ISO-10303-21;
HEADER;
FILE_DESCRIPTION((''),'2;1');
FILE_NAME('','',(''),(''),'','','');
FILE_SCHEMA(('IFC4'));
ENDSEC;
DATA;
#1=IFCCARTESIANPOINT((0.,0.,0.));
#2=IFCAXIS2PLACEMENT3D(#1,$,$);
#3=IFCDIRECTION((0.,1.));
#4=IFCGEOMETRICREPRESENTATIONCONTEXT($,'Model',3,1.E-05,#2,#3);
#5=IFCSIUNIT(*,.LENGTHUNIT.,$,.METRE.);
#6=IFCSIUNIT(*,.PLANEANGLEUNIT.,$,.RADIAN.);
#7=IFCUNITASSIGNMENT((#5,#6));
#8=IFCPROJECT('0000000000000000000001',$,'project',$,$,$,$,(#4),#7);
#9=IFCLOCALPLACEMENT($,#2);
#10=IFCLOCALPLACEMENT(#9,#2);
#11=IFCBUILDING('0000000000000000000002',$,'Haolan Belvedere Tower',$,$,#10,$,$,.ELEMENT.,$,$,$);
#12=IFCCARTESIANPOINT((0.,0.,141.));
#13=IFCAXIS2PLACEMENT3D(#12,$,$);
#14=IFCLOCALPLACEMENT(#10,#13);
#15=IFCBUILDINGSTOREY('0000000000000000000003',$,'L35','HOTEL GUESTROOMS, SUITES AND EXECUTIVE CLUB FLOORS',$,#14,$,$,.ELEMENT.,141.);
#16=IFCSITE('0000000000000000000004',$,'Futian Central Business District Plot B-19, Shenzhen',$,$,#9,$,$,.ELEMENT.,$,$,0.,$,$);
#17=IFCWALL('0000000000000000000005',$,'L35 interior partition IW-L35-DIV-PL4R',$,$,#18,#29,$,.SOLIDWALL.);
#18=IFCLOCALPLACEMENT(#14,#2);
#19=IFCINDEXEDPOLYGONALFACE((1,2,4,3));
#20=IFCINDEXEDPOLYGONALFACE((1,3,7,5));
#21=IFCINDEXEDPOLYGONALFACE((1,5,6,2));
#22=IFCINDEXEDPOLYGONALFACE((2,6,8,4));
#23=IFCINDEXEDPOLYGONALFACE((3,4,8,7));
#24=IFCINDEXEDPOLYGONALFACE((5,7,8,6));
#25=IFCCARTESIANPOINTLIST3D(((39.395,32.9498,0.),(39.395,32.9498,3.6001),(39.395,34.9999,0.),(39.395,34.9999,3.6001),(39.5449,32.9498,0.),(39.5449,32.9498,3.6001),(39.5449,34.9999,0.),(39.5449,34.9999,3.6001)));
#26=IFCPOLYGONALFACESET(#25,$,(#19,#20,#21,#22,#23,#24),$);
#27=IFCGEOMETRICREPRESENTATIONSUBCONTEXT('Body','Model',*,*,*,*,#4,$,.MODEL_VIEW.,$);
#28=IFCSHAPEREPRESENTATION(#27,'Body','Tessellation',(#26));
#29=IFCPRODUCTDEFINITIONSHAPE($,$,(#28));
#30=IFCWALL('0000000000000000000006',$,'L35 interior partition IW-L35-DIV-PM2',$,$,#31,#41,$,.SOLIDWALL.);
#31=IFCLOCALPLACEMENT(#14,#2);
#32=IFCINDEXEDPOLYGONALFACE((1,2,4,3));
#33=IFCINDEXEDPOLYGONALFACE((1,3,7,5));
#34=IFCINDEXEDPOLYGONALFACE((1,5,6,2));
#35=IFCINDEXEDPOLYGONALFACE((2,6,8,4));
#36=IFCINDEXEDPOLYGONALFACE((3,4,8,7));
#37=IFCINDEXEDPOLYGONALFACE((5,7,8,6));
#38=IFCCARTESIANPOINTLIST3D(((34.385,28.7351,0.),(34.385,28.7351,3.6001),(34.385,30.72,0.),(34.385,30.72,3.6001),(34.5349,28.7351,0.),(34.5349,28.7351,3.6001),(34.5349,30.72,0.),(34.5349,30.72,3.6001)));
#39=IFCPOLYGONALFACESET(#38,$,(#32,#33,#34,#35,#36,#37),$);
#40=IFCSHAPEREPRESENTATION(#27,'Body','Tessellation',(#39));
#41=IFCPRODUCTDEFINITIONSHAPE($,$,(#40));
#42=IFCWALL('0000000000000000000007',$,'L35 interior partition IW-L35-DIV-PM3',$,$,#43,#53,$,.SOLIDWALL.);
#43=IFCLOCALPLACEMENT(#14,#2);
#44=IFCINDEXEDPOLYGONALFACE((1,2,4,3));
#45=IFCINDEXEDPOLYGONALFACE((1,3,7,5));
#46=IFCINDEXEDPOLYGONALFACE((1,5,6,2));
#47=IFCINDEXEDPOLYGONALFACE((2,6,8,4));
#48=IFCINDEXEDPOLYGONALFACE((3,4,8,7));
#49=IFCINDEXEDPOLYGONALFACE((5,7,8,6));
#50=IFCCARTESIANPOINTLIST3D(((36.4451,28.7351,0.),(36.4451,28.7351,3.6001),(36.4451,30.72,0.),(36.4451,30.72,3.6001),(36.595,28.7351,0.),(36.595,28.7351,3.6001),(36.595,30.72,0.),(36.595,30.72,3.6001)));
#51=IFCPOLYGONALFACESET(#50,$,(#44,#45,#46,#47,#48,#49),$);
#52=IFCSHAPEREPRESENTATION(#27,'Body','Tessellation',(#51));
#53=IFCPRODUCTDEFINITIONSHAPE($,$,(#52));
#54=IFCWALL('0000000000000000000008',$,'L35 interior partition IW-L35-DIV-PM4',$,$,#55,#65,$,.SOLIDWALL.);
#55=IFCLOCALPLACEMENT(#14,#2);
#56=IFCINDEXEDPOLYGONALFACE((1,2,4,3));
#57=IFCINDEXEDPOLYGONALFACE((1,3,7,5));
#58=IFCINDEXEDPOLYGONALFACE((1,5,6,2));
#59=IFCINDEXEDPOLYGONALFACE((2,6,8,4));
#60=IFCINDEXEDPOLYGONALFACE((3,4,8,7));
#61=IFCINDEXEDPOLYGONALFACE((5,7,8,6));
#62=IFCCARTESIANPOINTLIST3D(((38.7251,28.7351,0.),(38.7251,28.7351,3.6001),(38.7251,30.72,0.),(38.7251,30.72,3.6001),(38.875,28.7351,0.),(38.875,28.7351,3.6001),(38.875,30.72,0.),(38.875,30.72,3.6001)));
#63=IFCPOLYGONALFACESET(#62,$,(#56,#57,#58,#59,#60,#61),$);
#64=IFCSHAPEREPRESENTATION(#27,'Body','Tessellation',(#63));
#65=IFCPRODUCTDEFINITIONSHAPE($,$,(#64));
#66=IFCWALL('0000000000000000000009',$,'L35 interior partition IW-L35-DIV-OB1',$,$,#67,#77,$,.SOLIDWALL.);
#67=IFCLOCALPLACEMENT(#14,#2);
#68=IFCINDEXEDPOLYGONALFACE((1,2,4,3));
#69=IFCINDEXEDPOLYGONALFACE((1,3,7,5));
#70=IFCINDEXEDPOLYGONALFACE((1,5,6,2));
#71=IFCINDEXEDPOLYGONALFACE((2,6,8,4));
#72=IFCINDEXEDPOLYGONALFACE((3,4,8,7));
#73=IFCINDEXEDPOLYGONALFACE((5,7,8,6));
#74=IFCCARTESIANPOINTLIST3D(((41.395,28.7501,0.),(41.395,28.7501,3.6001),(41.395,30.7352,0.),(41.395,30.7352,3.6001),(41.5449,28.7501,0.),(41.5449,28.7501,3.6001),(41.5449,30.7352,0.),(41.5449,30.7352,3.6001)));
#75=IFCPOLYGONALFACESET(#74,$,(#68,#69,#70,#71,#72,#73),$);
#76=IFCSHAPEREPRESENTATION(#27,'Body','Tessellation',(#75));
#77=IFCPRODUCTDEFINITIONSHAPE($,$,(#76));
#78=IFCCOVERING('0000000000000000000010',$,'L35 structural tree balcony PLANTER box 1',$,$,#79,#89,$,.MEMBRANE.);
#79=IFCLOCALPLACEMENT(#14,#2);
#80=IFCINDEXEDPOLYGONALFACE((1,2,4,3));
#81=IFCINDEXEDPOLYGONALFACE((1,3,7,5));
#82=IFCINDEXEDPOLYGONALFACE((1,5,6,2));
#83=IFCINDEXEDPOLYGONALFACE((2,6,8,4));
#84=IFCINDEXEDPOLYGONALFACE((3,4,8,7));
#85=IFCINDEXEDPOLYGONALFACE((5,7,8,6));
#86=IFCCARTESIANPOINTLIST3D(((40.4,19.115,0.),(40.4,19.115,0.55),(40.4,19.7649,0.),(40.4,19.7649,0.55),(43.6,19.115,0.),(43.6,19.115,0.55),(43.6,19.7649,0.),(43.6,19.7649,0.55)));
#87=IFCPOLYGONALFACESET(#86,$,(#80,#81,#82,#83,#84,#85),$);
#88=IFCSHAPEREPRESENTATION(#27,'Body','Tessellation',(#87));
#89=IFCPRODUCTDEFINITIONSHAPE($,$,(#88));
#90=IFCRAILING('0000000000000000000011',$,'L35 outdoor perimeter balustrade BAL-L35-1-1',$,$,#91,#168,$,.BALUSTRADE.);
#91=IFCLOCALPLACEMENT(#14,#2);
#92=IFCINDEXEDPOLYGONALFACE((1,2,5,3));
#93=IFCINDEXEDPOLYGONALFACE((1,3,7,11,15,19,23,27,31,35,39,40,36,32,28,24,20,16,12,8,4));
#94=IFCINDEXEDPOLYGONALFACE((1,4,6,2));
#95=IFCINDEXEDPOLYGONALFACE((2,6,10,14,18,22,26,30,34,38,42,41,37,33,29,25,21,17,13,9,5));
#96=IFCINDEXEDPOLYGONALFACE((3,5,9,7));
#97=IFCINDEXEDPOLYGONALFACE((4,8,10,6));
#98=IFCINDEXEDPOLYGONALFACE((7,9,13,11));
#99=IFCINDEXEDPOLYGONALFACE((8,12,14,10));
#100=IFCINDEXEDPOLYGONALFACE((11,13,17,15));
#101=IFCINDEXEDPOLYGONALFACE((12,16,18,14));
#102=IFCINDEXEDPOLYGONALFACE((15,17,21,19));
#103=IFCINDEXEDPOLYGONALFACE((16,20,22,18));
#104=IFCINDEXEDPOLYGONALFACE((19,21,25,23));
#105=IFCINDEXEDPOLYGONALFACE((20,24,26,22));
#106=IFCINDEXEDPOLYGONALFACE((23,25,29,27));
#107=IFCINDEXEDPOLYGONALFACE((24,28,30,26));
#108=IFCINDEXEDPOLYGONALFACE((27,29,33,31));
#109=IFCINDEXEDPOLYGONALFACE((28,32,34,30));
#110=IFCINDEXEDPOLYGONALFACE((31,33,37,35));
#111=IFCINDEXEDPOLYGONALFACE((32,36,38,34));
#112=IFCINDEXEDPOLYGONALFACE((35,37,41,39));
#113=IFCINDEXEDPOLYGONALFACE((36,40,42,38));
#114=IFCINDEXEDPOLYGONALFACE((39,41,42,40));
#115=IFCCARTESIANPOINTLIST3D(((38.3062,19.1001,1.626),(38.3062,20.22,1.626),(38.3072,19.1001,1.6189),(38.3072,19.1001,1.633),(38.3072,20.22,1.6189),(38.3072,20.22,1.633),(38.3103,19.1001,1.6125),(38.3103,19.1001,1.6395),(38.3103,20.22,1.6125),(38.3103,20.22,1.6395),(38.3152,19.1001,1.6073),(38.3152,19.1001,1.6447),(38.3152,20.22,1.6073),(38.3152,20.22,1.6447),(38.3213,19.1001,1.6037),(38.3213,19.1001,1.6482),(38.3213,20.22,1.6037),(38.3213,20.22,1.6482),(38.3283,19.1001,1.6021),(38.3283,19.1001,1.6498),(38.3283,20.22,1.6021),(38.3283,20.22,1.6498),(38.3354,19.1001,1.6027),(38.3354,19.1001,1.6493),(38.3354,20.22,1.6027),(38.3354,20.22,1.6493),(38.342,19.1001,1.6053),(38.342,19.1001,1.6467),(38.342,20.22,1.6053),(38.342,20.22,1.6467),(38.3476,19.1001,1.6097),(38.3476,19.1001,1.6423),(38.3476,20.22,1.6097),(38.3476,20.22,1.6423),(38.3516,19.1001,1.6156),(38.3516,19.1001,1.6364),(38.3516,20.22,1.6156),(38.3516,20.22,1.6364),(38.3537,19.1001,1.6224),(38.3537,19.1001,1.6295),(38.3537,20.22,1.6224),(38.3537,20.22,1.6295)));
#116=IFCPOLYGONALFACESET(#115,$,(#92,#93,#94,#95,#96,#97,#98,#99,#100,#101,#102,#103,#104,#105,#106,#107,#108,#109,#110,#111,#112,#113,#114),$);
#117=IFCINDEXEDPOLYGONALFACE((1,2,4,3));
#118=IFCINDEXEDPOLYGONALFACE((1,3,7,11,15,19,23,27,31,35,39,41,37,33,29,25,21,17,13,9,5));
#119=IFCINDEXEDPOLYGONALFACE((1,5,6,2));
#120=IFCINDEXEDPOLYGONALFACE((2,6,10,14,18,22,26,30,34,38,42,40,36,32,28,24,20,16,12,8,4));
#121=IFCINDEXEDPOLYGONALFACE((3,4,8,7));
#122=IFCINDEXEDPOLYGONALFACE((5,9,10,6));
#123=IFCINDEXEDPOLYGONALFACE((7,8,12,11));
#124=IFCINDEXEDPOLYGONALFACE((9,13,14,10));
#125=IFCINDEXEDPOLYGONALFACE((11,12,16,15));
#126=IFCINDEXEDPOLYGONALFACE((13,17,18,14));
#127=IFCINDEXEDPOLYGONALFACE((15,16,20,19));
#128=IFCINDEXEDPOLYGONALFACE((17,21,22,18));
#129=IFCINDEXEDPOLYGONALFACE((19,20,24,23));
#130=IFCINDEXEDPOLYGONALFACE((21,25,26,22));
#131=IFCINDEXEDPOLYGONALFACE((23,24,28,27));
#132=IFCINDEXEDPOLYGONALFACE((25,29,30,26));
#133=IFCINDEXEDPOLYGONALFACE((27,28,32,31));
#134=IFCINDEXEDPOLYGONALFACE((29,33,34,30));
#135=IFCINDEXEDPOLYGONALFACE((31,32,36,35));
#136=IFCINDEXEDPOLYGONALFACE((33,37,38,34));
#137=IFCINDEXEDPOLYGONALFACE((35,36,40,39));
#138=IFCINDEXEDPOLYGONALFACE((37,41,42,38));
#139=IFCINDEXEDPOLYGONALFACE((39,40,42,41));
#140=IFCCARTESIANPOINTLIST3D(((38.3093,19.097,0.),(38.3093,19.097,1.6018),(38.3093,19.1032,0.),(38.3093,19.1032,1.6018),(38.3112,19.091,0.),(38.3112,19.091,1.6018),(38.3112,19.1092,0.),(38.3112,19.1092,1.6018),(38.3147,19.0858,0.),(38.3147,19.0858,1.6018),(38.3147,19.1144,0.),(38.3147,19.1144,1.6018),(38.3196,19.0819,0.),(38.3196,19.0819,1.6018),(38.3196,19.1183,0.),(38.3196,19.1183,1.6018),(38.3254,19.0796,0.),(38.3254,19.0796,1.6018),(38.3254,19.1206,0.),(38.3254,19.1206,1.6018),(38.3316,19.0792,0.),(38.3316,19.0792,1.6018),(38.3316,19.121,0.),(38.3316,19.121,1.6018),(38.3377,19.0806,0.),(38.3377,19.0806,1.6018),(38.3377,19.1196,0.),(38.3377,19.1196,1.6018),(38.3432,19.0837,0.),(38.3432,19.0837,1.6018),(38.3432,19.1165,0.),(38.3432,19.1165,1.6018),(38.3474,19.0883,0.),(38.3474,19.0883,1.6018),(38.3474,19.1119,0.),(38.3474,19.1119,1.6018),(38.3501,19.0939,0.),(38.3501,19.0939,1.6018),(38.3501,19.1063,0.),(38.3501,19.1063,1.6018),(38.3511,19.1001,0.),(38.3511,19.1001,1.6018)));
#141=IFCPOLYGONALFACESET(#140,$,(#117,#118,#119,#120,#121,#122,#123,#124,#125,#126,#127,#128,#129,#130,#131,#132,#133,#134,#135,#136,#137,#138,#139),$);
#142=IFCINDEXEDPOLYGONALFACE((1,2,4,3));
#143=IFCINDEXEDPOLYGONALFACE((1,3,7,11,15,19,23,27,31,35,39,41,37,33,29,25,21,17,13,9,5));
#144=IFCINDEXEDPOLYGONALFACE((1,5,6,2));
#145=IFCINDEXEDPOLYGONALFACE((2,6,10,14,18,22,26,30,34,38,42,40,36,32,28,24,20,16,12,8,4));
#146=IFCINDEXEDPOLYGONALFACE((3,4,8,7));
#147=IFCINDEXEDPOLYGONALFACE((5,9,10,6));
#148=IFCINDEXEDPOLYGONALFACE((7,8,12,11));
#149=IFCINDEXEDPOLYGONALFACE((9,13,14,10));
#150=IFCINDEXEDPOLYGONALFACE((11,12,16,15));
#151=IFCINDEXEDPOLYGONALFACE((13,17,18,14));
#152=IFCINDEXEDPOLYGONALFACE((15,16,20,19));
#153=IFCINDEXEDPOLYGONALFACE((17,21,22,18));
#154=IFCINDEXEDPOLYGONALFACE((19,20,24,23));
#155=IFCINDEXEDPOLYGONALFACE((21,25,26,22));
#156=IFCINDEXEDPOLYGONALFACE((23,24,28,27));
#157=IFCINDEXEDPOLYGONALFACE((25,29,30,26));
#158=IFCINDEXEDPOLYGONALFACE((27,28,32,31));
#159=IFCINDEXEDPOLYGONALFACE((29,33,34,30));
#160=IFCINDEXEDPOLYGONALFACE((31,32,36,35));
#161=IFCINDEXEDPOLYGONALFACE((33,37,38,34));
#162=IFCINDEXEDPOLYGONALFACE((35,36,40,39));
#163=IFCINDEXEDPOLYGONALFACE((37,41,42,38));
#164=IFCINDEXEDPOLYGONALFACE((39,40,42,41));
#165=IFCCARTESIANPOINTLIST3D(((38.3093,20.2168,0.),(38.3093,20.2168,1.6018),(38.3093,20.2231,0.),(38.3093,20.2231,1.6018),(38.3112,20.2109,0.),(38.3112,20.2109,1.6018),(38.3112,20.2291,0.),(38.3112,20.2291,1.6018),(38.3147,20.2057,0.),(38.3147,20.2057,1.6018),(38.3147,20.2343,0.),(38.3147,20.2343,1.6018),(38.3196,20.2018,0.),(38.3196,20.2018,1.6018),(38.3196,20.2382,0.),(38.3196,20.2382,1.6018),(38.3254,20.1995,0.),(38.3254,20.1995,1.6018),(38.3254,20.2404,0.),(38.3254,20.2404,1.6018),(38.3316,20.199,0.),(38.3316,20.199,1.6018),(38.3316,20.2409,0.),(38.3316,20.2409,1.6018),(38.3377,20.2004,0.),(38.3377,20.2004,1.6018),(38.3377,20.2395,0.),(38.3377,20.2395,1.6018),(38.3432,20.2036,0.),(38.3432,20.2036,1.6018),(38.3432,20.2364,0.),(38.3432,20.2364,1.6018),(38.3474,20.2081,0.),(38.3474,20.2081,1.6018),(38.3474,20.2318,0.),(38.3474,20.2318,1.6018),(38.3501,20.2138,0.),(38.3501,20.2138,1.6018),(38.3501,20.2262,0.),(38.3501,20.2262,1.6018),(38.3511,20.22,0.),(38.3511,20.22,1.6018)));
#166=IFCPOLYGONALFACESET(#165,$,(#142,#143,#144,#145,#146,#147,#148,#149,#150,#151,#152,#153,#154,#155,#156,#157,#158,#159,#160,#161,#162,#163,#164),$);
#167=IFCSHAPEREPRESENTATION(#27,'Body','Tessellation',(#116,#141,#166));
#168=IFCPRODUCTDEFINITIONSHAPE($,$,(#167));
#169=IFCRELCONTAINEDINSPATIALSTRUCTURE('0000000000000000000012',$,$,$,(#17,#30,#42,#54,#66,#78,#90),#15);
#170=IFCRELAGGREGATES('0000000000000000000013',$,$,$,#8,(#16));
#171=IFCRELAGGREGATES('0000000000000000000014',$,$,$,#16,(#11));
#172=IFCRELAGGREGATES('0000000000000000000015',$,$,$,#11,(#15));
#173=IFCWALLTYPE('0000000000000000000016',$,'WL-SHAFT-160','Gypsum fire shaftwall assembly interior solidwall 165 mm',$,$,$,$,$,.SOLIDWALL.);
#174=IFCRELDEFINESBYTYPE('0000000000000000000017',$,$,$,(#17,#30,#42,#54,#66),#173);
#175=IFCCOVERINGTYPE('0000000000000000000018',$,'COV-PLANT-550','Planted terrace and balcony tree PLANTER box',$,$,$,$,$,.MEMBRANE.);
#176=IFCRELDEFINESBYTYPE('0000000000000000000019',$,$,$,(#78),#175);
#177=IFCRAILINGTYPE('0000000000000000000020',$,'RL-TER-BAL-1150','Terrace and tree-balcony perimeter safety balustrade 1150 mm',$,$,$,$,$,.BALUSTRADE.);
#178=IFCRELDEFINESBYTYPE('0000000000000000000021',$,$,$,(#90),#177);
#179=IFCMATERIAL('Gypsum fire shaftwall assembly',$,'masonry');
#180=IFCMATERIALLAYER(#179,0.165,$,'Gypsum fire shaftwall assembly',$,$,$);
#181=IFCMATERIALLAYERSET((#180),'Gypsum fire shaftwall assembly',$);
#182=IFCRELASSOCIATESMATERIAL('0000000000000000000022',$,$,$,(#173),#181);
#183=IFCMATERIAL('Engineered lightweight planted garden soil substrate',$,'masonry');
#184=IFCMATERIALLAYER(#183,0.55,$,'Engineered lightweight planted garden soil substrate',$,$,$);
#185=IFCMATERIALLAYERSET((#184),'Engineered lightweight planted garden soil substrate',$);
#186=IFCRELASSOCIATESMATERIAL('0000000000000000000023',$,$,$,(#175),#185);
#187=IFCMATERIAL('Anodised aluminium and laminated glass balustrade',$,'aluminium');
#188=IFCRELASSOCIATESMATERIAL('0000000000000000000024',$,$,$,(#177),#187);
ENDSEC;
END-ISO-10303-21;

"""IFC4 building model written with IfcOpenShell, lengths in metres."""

from ifc_helpers import new_model, si_unit, direction, frame, frame_2d, origin, origin_2d, place, context, subcontext, project, spatial, rectangle, circle, extrude, material, layer, layer_set, type_object, element, save


model = new_model("IFC4")

# Units and contexts
model_context = context("Model", 3, precision=1e-05, world=origin(), true_north=direction((0.0, 1.0)))
body_context = subcontext(model_context, "Body", "Model", "MODEL_VIEW")
ifc_project = project(units=[si_unit("LENGTHUNIT", "METRE"), si_unit("PLANEANGLEUNIT", "RADIAN")], contexts=[model_context])

# Site, building, storey
site_placement = place(None, origin())
site = spatial("IfcSite", under=ifc_project, at=site_placement, Name="Futian Central Business District Plot B-19, Shenzhen", CompositionType="ELEMENT", RefElevation=0.0)
building_placement = place(site_placement, origin())
building = spatial("IfcBuilding", under=site, at=building_placement, Name="Haolan Belvedere Tower", CompositionType="ELEMENT")
storey_placement = place(building_placement, frame((0.0, 0.0, 141.0)))
storey = spatial("IfcBuildingStorey", under=building, at=storey_placement, Name="L35", Description="HOTEL GUESTROOMS, SUITES AND EXECUTIVE CLUB FLOORS", CompositionType="ELEMENT", Elevation=141.0)

# Shared definitions
ifc_material_1 = material(Name="Gypsum fire shaftwall assembly", Category="masonry")
ifc_layer_1 = layer(ifc_material_1, 0.165, Name="Gypsum fire shaftwall assembly")
ifc_layer_set_1 = layer_set([ifc_layer_1], Name="Gypsum fire shaftwall assembly")
wall_type_1 = type_object("IfcWallType", Name="WL-SHAFT-160", Description="Gypsum fire shaftwall assembly interior solidwall 165 mm", PredefinedType="SOLIDWALL", material=ifc_layer_set_1)

# Walls
wall_1_placement = place(storey_placement, frame((39.47, 32.95, 0.0), z_axis=(0.0, 0.0, 1.0), x_axis=(0.0, 1.0, 0.0)))
element("IfcWall", 1, at=wall_1_placement, inside=storey, type_object=wall_type_1, Name="L35 interior partition IW-L35-DIV-PL4R", PredefinedType="SOLIDWALL", context=body_context, shape_type="SweptSolid", body=[
    extrude(rectangle(XDim=2.05, YDim=0.1499, at=frame_2d((1.0249, 0.0))), origin(), (0.0, 0.0, 1.0), 3.6001),
])
for number, where, z_axis, x_axis, name in (
    (2, (34.46, 28.7351, 0.0), (0.0, 0.0, 1.0), (0.0, 1.0, 0.0), "L35 interior partition IW-L35-DIV-PM2"),
    (3, (36.52, 28.7351, 0.0), (0.0, 0.0, 1.0), (0.0, 1.0, 0.0), "L35 interior partition IW-L35-DIV-PM3"),
    (4, (38.8, 28.7351, 0.0), (0.0, 0.0, 1.0), (0.0, 1.0, 0.0), "L35 interior partition IW-L35-DIV-PM4"),
):
    element("IfcWall", number, at=place(storey_placement, frame(where, z_axis=z_axis, x_axis=x_axis)), inside=storey, type_object=wall_type_1, Name=name, PredefinedType="SOLIDWALL", context=body_context, shape_type="SweptSolid", body=[
        extrude(rectangle(XDim=1.9849, YDim=0.1499, at=frame_2d((0.9924, 0.0))), origin(), (0.0, 0.0, 1.0), 3.6001),
    ])
wall_2_placement = place(storey_placement, frame((41.47, 28.75, 0.0), z_axis=(0.0, 0.0, 1.0), x_axis=(0.0, 1.0, 0.0)))
element("IfcWall", 5, at=wall_2_placement, inside=storey, type_object=wall_type_1, Name="L35 interior partition IW-L35-DIV-OB1", PredefinedType="SOLIDWALL", context=body_context, shape_type="SweptSolid", body=[
    extrude(rectangle(XDim=1.9851, YDim=0.1499, at=frame_2d((0.9927, 0.0))), origin(), (0.0, 0.0, 1.0), 3.6001),
])

# Covering
ifc_material_2 = material(Name="Engineered lightweight planted garden soil substrate", Category="masonry")
ifc_layer_2 = layer(ifc_material_2, 0.55, Name="Engineered lightweight planted garden soil substrate")
ifc_layer_set_2 = layer_set([ifc_layer_2], Name="Engineered lightweight planted garden soil substrate")
covering_type = type_object("IfcCoveringType", Name="COV-PLANT-550", Description="Planted terrace and balcony tree PLANTER box", PredefinedType="MEMBRANE", material=ifc_layer_set_2)
covering_placement = place(storey_placement, frame((42.0, 19.4399, 0.0), z_axis=(0.0, 0.0, 1.0), x_axis=(1.0, 0.0, 0.0)))
element("IfcCovering", 6, at=covering_placement, inside=storey, type_object=covering_type, Name="L35 structural tree balcony PLANTER box 1", PredefinedType="MEMBRANE", context=body_context, shape_type="SweptSolid", body=[
    extrude(rectangle(XDim=3.2, YDim=0.6499, at=origin_2d()), origin(), (0.0, 0.0, 1.0), 0.55),
])

# Railing
ifc_material_3 = material(Name="Anodised aluminium and laminated glass balustrade", Category="aluminium")
railing_type = type_object("IfcRailingType", Name="RL-TER-BAL-1150", Description="Terrace and tree-balcony perimeter safety balustrade 1150 mm", PredefinedType="BALUSTRADE", material=ifc_material_3)
railing_placement = place(storey_placement, frame((38.3301, 19.1001, 0.0)))
element("IfcRailing", 7, at=railing_placement, inside=storey, type_object=railing_type, Name="L35 outdoor perimeter balustrade BAL-L35-1-1", PredefinedType="BALUSTRADE", context=body_context, shape_type="SweptSolid", body=[
    extrude(circle(Radius=0.0239, at=origin_2d()), frame((0.0, 0.0, 1.626), z_axis=(0.0, 1.0, 0.0), x_axis=(-1.0, 0.0, 0.0)), (0.0, 0.0, 1.0), 1.1199),
    extrude(circle(Radius=0.021, at=origin_2d()), origin(), (0.0, 0.0, 1.0), 1.6018),
    extrude(circle(Radius=0.021, at=origin_2d()), frame((0.0, 1.1199, 0.0)), (0.0, 0.0, 1.0), 1.6018),
])

save(model, "model.ifc")
